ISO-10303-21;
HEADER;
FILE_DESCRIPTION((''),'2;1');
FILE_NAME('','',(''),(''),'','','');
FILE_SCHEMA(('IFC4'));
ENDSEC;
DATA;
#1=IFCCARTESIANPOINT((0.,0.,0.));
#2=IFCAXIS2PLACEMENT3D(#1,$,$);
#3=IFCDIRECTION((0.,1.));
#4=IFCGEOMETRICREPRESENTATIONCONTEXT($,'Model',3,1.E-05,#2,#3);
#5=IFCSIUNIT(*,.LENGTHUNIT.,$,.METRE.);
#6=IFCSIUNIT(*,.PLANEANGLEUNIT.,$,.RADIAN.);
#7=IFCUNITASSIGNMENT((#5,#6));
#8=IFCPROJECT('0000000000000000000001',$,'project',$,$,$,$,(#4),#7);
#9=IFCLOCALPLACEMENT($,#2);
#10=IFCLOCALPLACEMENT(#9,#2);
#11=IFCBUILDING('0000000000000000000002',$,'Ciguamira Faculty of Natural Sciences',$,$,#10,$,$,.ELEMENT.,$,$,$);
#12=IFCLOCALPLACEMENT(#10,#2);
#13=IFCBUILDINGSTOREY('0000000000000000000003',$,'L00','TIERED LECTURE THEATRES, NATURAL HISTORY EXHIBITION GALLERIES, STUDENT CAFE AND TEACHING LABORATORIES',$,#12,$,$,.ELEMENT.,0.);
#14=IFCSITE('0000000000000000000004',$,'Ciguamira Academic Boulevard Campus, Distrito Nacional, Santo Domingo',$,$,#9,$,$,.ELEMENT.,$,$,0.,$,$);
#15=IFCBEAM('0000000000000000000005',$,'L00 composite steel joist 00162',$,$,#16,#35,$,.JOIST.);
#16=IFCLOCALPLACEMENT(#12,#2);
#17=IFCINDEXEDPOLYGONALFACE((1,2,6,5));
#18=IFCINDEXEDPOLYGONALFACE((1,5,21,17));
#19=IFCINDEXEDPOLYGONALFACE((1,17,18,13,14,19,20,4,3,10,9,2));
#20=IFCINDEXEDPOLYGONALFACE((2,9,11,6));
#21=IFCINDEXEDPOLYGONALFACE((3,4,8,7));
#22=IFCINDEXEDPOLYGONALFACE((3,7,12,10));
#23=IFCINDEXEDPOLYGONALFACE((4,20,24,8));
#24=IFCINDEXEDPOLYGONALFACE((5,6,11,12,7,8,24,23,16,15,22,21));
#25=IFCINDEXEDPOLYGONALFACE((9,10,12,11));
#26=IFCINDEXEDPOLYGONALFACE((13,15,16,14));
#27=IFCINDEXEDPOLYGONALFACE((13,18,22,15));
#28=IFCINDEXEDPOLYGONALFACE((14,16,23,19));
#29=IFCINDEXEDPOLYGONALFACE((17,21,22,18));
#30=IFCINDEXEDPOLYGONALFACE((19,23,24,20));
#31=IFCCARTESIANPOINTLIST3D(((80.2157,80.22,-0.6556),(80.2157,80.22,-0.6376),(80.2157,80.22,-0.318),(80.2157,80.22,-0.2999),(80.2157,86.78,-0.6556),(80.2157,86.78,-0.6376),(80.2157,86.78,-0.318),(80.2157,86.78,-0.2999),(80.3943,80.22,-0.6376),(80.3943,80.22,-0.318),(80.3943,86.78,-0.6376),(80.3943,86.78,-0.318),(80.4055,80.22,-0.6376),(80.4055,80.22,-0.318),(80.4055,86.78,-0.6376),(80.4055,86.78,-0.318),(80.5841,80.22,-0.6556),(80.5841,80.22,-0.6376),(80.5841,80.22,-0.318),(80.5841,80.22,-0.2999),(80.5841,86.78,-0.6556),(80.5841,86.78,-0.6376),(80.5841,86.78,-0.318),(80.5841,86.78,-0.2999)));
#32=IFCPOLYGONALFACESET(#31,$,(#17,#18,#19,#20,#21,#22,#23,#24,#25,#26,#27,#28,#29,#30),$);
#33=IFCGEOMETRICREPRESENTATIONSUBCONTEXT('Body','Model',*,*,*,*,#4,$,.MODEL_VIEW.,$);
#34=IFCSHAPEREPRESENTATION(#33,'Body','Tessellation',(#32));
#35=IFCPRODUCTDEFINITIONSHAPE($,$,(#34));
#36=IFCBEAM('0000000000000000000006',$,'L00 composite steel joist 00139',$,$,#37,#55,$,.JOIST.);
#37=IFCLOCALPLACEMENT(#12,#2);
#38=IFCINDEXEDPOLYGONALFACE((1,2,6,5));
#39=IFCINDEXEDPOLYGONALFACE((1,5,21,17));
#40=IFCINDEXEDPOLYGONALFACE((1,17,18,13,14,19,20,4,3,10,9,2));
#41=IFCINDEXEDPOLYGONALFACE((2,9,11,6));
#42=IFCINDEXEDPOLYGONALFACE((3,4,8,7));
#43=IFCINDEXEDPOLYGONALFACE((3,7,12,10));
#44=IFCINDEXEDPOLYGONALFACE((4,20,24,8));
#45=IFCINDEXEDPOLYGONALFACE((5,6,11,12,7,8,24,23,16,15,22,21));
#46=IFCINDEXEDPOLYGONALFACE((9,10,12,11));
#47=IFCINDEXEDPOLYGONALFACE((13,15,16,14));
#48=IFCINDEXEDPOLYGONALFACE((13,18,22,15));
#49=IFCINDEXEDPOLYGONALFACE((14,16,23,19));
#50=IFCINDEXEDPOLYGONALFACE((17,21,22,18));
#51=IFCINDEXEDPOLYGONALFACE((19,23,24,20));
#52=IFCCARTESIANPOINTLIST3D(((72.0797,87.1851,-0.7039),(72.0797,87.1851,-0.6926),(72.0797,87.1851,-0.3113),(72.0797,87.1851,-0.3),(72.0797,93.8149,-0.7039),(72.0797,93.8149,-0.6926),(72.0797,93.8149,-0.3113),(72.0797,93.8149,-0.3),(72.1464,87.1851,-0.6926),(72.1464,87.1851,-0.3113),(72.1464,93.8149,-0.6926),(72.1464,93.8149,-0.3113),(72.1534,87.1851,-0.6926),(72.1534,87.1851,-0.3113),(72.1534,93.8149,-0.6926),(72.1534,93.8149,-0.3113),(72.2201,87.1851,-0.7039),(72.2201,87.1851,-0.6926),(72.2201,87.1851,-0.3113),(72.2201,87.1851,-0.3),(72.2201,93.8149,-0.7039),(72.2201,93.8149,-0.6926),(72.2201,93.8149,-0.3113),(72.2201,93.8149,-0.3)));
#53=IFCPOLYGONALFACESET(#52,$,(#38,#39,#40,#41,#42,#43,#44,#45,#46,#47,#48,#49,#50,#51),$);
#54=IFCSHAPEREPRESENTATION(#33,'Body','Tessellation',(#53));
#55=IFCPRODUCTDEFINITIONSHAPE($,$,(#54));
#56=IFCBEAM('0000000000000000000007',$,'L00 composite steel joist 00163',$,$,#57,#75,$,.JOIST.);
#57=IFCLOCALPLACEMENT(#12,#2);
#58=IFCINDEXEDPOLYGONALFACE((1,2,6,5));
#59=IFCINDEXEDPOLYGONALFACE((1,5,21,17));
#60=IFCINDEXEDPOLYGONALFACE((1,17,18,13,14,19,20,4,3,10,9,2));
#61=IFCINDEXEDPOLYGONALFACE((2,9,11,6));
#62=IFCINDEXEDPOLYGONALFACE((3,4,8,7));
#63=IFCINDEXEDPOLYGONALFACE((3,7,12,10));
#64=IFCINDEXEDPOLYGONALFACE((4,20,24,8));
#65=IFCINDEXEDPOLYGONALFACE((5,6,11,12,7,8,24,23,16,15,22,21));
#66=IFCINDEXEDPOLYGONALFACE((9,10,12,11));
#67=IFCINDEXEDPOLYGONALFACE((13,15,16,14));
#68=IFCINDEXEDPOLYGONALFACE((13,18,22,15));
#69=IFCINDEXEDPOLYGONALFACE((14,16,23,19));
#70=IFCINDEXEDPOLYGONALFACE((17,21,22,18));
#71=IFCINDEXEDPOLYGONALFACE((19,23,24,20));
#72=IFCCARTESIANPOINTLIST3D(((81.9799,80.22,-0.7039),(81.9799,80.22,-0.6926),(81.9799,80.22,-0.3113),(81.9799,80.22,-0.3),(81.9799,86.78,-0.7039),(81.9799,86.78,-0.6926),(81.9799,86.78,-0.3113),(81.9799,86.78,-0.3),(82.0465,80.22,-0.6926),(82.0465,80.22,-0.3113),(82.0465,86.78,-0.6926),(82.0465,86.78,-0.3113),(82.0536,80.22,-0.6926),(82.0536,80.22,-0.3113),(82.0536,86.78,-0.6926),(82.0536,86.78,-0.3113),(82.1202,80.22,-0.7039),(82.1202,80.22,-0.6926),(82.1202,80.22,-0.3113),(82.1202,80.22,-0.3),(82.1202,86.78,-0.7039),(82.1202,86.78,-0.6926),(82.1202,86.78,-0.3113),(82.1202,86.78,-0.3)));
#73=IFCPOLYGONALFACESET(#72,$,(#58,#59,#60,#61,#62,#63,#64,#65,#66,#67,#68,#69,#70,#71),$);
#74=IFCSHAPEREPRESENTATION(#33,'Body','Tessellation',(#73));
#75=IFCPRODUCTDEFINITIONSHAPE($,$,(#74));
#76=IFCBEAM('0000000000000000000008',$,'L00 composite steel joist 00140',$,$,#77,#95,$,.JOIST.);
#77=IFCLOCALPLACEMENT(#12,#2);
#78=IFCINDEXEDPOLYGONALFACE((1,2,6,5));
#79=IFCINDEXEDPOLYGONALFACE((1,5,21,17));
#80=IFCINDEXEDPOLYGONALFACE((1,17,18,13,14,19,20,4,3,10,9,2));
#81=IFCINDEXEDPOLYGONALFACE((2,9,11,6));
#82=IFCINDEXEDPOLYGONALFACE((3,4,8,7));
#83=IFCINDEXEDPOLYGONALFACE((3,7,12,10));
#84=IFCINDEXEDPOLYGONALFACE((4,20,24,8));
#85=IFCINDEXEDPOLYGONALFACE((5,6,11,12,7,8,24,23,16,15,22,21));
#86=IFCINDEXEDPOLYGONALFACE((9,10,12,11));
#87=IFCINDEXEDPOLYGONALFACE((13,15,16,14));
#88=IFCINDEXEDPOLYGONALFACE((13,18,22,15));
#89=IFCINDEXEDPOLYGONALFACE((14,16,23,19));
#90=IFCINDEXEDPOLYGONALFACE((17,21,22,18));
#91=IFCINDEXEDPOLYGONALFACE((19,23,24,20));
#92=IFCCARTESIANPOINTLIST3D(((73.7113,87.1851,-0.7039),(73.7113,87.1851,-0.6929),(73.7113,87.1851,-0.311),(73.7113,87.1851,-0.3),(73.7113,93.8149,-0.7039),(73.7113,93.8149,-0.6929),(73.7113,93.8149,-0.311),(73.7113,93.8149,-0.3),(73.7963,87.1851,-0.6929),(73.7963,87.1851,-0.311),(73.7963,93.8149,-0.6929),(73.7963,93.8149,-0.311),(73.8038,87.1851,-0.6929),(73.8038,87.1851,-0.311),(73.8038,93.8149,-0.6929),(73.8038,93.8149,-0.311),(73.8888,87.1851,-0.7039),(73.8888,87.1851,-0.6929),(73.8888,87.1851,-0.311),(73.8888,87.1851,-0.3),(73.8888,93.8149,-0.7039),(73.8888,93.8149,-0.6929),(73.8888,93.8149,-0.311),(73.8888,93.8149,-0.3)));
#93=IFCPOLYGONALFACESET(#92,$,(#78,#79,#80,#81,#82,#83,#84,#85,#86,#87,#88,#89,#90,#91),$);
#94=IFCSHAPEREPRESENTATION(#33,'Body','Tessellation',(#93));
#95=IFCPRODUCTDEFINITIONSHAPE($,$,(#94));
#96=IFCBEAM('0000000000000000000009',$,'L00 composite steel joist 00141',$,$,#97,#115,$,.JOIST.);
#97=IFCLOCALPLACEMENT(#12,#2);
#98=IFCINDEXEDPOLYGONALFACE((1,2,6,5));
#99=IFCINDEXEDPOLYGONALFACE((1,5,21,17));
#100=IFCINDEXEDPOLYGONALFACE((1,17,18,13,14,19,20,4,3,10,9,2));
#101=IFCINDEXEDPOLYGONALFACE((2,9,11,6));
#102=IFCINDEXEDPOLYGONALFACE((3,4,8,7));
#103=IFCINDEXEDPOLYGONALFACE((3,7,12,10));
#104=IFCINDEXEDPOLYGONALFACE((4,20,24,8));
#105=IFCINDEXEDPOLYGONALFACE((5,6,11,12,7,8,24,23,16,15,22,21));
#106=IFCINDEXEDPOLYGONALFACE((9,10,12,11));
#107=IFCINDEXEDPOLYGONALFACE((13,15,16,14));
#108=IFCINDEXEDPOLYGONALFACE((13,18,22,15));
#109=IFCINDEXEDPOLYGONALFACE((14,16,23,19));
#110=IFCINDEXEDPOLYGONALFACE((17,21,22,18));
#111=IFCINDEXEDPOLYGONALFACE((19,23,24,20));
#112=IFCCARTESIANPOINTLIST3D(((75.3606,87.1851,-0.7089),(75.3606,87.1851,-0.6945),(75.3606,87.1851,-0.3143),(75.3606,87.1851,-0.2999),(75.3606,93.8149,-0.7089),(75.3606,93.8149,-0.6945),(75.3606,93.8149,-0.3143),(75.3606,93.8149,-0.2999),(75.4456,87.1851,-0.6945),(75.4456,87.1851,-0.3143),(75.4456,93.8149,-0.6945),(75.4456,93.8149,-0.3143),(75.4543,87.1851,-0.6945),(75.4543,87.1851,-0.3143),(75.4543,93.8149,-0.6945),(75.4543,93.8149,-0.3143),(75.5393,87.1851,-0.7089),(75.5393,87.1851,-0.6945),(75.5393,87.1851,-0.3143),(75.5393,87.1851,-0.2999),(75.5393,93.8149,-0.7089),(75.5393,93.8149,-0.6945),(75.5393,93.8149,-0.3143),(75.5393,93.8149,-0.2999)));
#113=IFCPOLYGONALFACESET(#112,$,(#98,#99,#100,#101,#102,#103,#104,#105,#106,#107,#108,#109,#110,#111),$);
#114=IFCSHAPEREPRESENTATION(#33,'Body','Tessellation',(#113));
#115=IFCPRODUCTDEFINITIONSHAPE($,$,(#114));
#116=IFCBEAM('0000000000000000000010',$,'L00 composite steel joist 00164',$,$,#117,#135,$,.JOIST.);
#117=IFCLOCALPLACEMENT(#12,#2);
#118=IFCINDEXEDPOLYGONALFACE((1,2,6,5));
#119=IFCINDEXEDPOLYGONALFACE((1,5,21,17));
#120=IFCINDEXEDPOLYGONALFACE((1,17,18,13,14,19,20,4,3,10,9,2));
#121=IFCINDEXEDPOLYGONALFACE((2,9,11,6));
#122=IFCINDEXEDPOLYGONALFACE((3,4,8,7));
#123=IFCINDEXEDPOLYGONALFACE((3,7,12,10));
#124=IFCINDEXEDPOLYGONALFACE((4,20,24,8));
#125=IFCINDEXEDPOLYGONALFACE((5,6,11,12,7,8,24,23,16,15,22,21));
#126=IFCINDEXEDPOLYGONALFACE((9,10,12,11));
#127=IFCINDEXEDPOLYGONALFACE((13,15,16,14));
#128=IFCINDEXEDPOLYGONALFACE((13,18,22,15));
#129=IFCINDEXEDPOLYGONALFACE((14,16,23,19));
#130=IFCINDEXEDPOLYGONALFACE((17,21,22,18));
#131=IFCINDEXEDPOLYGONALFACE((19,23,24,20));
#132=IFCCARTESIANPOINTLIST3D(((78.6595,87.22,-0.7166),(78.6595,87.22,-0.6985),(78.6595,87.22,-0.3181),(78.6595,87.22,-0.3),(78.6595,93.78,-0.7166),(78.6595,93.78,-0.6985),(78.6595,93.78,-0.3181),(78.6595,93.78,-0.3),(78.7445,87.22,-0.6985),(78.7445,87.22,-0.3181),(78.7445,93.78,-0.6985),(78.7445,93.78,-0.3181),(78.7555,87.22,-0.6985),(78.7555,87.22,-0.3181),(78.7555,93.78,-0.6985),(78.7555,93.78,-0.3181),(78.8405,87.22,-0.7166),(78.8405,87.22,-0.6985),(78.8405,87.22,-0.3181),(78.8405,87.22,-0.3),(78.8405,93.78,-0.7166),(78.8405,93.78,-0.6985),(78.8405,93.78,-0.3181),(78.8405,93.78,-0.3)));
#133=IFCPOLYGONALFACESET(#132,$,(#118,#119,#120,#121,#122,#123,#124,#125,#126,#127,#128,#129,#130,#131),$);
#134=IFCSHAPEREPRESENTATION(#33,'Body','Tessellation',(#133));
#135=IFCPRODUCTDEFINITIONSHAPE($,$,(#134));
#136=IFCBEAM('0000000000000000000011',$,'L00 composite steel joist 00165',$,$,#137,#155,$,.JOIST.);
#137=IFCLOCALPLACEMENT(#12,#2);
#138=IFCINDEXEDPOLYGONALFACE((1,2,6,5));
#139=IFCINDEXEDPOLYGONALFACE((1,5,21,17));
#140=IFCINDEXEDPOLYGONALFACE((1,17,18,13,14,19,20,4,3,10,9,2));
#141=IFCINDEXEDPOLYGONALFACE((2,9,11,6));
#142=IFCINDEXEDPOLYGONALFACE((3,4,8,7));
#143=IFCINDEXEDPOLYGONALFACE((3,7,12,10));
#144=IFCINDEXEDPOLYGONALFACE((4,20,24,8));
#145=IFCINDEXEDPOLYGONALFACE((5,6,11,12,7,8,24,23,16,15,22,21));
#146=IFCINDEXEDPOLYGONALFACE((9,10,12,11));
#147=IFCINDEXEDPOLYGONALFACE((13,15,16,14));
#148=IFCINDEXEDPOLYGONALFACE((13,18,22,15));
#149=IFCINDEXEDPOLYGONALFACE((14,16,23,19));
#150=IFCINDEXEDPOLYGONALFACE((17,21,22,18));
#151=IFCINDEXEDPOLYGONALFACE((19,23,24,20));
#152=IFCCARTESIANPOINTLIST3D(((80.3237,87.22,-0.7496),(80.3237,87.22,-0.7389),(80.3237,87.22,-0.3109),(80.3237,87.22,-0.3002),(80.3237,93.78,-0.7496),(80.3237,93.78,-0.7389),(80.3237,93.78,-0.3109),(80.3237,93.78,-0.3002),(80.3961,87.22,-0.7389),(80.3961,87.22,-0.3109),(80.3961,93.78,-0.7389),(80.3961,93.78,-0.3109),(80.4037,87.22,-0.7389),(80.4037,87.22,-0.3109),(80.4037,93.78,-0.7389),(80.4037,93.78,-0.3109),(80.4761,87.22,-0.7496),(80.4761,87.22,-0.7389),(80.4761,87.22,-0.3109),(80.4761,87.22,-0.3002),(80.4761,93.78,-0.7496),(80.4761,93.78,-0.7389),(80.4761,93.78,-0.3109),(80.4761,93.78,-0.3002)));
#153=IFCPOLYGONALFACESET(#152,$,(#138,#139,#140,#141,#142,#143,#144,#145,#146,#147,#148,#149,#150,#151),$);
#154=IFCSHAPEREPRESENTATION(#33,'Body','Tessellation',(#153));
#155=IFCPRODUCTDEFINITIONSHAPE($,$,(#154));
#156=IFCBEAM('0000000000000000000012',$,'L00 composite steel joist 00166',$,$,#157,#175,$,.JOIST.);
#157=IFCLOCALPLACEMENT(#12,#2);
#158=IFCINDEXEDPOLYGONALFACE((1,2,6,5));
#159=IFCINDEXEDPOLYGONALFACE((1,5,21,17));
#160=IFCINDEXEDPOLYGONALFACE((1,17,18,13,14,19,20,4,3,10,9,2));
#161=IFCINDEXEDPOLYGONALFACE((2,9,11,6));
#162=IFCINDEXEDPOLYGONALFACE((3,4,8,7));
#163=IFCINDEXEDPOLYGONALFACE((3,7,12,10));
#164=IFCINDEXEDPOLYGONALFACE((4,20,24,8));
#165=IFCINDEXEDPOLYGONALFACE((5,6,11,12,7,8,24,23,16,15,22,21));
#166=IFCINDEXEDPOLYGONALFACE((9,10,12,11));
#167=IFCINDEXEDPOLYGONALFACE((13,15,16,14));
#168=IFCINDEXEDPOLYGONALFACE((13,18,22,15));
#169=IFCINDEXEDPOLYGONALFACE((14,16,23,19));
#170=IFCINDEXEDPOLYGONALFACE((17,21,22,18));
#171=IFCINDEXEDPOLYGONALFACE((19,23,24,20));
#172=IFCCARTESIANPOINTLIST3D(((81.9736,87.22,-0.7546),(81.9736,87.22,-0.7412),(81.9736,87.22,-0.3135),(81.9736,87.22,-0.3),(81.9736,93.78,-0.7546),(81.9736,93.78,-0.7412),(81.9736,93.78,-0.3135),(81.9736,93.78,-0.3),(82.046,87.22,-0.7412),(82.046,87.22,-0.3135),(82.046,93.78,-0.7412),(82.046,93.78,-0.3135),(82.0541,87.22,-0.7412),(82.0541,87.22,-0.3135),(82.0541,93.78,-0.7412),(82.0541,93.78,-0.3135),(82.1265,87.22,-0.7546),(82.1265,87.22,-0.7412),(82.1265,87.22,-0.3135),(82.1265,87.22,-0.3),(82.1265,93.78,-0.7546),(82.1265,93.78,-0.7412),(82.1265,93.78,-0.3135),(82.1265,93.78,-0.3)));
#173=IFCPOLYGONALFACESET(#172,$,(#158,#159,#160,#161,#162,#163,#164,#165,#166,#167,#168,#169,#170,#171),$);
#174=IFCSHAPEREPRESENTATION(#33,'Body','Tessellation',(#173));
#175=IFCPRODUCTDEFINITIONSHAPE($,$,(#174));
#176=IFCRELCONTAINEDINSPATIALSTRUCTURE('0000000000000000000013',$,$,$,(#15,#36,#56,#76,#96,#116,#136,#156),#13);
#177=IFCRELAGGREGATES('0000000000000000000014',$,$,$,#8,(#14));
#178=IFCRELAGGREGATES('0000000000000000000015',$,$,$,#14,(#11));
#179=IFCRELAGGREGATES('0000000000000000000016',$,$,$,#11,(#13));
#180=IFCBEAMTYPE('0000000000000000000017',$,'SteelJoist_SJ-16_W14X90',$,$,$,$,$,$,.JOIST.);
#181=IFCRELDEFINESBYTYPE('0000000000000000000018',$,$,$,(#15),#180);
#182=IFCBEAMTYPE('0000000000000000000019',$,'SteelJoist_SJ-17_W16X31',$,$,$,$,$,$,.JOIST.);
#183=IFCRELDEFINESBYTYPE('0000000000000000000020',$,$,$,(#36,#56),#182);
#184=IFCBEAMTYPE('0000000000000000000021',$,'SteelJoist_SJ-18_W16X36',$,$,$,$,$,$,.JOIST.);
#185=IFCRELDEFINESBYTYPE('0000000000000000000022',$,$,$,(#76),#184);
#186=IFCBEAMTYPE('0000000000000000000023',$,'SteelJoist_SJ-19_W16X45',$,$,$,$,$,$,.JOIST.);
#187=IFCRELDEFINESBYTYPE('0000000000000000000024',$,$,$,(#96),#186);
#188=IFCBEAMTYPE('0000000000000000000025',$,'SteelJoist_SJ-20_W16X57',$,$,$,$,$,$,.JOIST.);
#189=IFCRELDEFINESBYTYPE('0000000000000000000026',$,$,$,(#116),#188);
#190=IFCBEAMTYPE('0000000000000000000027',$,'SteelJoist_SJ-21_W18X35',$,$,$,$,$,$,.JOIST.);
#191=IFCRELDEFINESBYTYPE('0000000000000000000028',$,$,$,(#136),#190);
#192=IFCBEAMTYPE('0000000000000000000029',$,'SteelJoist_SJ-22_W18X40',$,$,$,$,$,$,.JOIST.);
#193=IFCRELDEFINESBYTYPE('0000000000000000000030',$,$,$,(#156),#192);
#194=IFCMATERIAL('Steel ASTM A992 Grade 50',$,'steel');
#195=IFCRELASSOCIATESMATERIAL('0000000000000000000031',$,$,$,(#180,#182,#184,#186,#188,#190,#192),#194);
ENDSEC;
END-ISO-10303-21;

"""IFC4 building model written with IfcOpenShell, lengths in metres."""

from ifc_helpers import new_model, si_unit, direction, frame, origin, origin_2d, place, context, subcontext, project, spatial, i_section, extrude, material, material_profile, profile_set, type_object, element, save


model = new_model("IFC4")

# Units and contexts
model_context = context("Model", 3, precision=1e-05, world=origin(), true_north=direction((0.0, 1.0)))
body_context = subcontext(model_context, "Body", "Model", "MODEL_VIEW")
ifc_project = project(units=[si_unit("LENGTHUNIT", "METRE"), si_unit("PLANEANGLEUNIT", "RADIAN")], contexts=[model_context])

# Site, building, storey
site_placement = place(None, origin())
site = spatial("IfcSite", under=ifc_project, at=site_placement, Name="Ciguamira Academic Boulevard Campus, Distrito Nacional, Santo Domingo", CompositionType="ELEMENT", RefElevation=0.0)
building_placement = place(site_placement, origin())
building = spatial("IfcBuilding", under=site, at=building_placement, Name="Ciguamira Faculty of Natural Sciences", CompositionType="ELEMENT")
storey_placement = place(building_placement, origin())
storey = spatial("IfcBuildingStorey", under=building, at=storey_placement, Name="L00", Description="TIERED LECTURE THEATRES, NATURAL HISTORY EXHIBITION GALLERIES, STUDENT CAFE AND TEACHING LABORATORIES", CompositionType="ELEMENT", Elevation=0.0)

# Beams
ifc_material_1 = material(Name="Steel ASTM A992 Grade 50", Category="steel")
ifc_material_profile_1 = material_profile(ifc_material_1, i_section(OverallWidth=0.3684, OverallDepth=0.3557, WebThickness=0.0112, FlangeThickness=0.0181, at=origin_2d()), Name="W14X90")
ifc_profile_set_1 = profile_set([ifc_material_profile_1], Name="Steel ASTM A992 Grade 50")
beam_type_1 = type_object("IfcBeamType", Name="SteelJoist_SJ-16_W14X90", PredefinedType="JOIST", material=ifc_profile_set_1)
beam_1_placement = place(storey_placement, frame((80.3999, 80.22, -0.4778), z_axis=(0.0, 1.0, 0.0), x_axis=(-1.0, 0.0, 0.0)))
element("IfcBeam", 1, at=beam_1_placement, inside=storey, type_object=beam_type_1, Name="L00 composite steel joist 00162", PredefinedType="JOIST", context=body_context, shape_type="SweptSolid", body=[
    extrude(i_section(OverallWidth=0.3684, OverallDepth=0.3557, WebThickness=0.0112, FlangeThickness=0.0181, at=origin_2d()), origin(), (0.0, 0.0, 1.0), 6.5601),
])
ifc_material_profile_2 = material_profile(ifc_material_1, i_section(OverallWidth=0.1404, OverallDepth=0.4038, WebThickness=0.0071, FlangeThickness=0.0112, at=origin_2d()), Name="W16X31")
ifc_profile_set_2 = profile_set([ifc_material_profile_2], Name="Steel ASTM A992 Grade 50")
beam_type_2 = type_object("IfcBeamType", Name="SteelJoist_SJ-17_W16X31", PredefinedType="JOIST", material=ifc_profile_set_2)
beam_2_placement = place(storey_placement, frame((72.1499, 87.1851, -0.502), z_axis=(0.0, 1.0, 0.0), x_axis=(-1.0, 0.0, 0.0)))
element("IfcBeam", 2, at=beam_2_placement, inside=storey, type_object=beam_type_2, Name="L00 composite steel joist 00139", PredefinedType="JOIST", context=body_context, shape_type="SweptSolid", body=[
    extrude(i_section(OverallWidth=0.1404, OverallDepth=0.4038, WebThickness=0.0071, FlangeThickness=0.0112, at=origin_2d()), origin(), (0.0, 0.0, 1.0), 6.6299),
])
beam_3_placement = place(storey_placement, frame((82.05, 80.22, -0.502), z_axis=(0.0, 1.0, 0.0), x_axis=(-1.0, 0.0, 0.0)))
element("IfcBeam", 3, at=beam_3_placement, inside=storey, type_object=beam_type_2, Name="L00 composite steel joist 00163", PredefinedType="JOIST", context=body_context, shape_type="SweptSolid", body=[
    extrude(i_section(OverallWidth=0.1404, OverallDepth=0.4038, WebThickness=0.0071, FlangeThickness=0.0112, at=origin_2d()), origin(), (0.0, 0.0, 1.0), 6.5601),
])
ifc_material_profile_3 = material_profile(ifc_material_1, i_section(OverallWidth=0.1775, OverallDepth=0.4038, WebThickness=0.0076, FlangeThickness=0.011, at=origin_2d()), Name="W16X36")
ifc_profile_set_3 = profile_set([ifc_material_profile_3], Name="Steel ASTM A992 Grade 50")
beam_type_3 = type_object("IfcBeamType", Name="SteelJoist_SJ-18_W16X36", PredefinedType="JOIST", material=ifc_profile_set_3)
beam_4_placement = place(storey_placement, frame((73.8, 87.1851, -0.502), z_axis=(0.0, 1.0, 0.0), x_axis=(-1.0, 0.0, 0.0)))
element("IfcBeam", 4, at=beam_4_placement, inside=storey, type_object=beam_type_3, Name="L00 composite steel joist 00140", PredefinedType="JOIST", context=body_context, shape_type="SweptSolid", body=[
    extrude(i_section(OverallWidth=0.1775, OverallDepth=0.4038, WebThickness=0.0076, FlangeThickness=0.011, at=origin_2d()), origin(), (0.0, 0.0, 1.0), 6.6299),
])
ifc_material_profile_4 = material_profile(ifc_material_1, i_section(OverallWidth=0.1787, OverallDepth=0.4089, WebThickness=0.0088, FlangeThickness=0.0144, at=origin_2d()), Name="W16X45")
ifc_profile_set_4 = profile_set([ifc_material_profile_4], Name="Steel ASTM A992 Grade 50")
beam_type_4 = type_object("IfcBeamType", Name="SteelJoist_SJ-19_W16X45", PredefinedType="JOIST", material=ifc_profile_set_4)
beam_5_placement = place(storey_placement, frame((75.45, 87.1851, -0.5044), z_axis=(0.0, 1.0, 0.0), x_axis=(-1.0, 0.0, 0.0)))
element("IfcBeam", 5, at=beam_5_placement, inside=storey, type_object=beam_type_4, Name="L00 composite steel joist 00141", PredefinedType="JOIST", context=body_context, shape_type="SweptSolid", body=[
    extrude(i_section(OverallWidth=0.1787, OverallDepth=0.4089, WebThickness=0.0088, FlangeThickness=0.0144, at=origin_2d()), origin(), (0.0, 0.0, 1.0), 6.6299),
])
ifc_material_profile_5 = material_profile(ifc_material_1, i_section(OverallWidth=0.1809, OverallDepth=0.4165, WebThickness=0.011, FlangeThickness=0.0181, at=origin_2d()), Name="W16X57")
ifc_profile_set_5 = profile_set([ifc_material_profile_5], Name="Steel ASTM A992 Grade 50")
beam_type_5 = type_object("IfcBeamType", Name="SteelJoist_SJ-20_W16X57", PredefinedType="JOIST", material=ifc_profile_set_5)
beam_6_placement = place(storey_placement, frame((78.75, 87.22, -0.5083), z_axis=(0.0, 1.0, 0.0), x_axis=(-1.0, 0.0, 0.0)))
element("IfcBeam", 6, at=beam_6_placement, inside=storey, type_object=beam_type_5, Name="L00 composite steel joist 00164", PredefinedType="JOIST", context=body_context, shape_type="SweptSolid", body=[
    extrude(i_section(OverallWidth=0.1809, OverallDepth=0.4165, WebThickness=0.011, FlangeThickness=0.0181, at=origin_2d()), origin(), (0.0, 0.0, 1.0), 6.5601),
])
ifc_material_profile_6 = material_profile(ifc_material_1, i_section(OverallWidth=0.1523, OverallDepth=0.4495, WebThickness=0.0076, FlangeThickness=0.0107, at=origin_2d()), Name="W18X35")
ifc_profile_set_6 = profile_set([ifc_material_profile_6], Name="Steel ASTM A992 Grade 50")
beam_type_6 = type_object("IfcBeamType", Name="SteelJoist_SJ-21_W18X35", PredefinedType="JOIST", material=ifc_profile_set_6)
beam_7_placement = place(storey_placement, frame((80.3999, 87.22, -0.5249), z_axis=(0.0, 1.0, 0.0), x_axis=(-1.0, 0.0, 0.0)))
element("IfcBeam", 7, at=beam_7_placement, inside=storey, type_object=beam_type_6, Name="L00 composite steel joist 00165", PredefinedType="JOIST", context=body_context, shape_type="SweptSolid", body=[
    extrude(i_section(OverallWidth=0.1523, OverallDepth=0.4495, WebThickness=0.0076, FlangeThickness=0.0107, at=origin_2d()), origin(), (0.0, 0.0, 1.0), 6.5601),
])
ifc_material_profile_7 = material_profile(ifc_material_1, i_section(OverallWidth=0.1528, OverallDepth=0.4546, WebThickness=0.0081, FlangeThickness=0.0134, at=origin_2d()), Name="W18X40")
ifc_profile_set_7 = profile_set([ifc_material_profile_7], Name="Steel ASTM A992 Grade 50")
beam_type_7 = type_object("IfcBeamType", Name="SteelJoist_SJ-22_W18X40", PredefinedType="JOIST", material=ifc_profile_set_7)
beam_8_placement = place(storey_placement, frame((82.05, 87.22, -0.5273), z_axis=(0.0, 1.0, 0.0), x_axis=(-1.0, 0.0, 0.0)))
element("IfcBeam", 8, at=beam_8_placement, inside=storey, type_object=beam_type_7, Name="L00 composite steel joist 00166", PredefinedType="JOIST", context=body_context, shape_type="SweptSolid", body=[
    extrude(i_section(OverallWidth=0.1528, OverallDepth=0.4546, WebThickness=0.0081, FlangeThickness=0.0134, at=origin_2d()), origin(), (0.0, 0.0, 1.0), 6.5601),
])

save(model, "model.ifc")
